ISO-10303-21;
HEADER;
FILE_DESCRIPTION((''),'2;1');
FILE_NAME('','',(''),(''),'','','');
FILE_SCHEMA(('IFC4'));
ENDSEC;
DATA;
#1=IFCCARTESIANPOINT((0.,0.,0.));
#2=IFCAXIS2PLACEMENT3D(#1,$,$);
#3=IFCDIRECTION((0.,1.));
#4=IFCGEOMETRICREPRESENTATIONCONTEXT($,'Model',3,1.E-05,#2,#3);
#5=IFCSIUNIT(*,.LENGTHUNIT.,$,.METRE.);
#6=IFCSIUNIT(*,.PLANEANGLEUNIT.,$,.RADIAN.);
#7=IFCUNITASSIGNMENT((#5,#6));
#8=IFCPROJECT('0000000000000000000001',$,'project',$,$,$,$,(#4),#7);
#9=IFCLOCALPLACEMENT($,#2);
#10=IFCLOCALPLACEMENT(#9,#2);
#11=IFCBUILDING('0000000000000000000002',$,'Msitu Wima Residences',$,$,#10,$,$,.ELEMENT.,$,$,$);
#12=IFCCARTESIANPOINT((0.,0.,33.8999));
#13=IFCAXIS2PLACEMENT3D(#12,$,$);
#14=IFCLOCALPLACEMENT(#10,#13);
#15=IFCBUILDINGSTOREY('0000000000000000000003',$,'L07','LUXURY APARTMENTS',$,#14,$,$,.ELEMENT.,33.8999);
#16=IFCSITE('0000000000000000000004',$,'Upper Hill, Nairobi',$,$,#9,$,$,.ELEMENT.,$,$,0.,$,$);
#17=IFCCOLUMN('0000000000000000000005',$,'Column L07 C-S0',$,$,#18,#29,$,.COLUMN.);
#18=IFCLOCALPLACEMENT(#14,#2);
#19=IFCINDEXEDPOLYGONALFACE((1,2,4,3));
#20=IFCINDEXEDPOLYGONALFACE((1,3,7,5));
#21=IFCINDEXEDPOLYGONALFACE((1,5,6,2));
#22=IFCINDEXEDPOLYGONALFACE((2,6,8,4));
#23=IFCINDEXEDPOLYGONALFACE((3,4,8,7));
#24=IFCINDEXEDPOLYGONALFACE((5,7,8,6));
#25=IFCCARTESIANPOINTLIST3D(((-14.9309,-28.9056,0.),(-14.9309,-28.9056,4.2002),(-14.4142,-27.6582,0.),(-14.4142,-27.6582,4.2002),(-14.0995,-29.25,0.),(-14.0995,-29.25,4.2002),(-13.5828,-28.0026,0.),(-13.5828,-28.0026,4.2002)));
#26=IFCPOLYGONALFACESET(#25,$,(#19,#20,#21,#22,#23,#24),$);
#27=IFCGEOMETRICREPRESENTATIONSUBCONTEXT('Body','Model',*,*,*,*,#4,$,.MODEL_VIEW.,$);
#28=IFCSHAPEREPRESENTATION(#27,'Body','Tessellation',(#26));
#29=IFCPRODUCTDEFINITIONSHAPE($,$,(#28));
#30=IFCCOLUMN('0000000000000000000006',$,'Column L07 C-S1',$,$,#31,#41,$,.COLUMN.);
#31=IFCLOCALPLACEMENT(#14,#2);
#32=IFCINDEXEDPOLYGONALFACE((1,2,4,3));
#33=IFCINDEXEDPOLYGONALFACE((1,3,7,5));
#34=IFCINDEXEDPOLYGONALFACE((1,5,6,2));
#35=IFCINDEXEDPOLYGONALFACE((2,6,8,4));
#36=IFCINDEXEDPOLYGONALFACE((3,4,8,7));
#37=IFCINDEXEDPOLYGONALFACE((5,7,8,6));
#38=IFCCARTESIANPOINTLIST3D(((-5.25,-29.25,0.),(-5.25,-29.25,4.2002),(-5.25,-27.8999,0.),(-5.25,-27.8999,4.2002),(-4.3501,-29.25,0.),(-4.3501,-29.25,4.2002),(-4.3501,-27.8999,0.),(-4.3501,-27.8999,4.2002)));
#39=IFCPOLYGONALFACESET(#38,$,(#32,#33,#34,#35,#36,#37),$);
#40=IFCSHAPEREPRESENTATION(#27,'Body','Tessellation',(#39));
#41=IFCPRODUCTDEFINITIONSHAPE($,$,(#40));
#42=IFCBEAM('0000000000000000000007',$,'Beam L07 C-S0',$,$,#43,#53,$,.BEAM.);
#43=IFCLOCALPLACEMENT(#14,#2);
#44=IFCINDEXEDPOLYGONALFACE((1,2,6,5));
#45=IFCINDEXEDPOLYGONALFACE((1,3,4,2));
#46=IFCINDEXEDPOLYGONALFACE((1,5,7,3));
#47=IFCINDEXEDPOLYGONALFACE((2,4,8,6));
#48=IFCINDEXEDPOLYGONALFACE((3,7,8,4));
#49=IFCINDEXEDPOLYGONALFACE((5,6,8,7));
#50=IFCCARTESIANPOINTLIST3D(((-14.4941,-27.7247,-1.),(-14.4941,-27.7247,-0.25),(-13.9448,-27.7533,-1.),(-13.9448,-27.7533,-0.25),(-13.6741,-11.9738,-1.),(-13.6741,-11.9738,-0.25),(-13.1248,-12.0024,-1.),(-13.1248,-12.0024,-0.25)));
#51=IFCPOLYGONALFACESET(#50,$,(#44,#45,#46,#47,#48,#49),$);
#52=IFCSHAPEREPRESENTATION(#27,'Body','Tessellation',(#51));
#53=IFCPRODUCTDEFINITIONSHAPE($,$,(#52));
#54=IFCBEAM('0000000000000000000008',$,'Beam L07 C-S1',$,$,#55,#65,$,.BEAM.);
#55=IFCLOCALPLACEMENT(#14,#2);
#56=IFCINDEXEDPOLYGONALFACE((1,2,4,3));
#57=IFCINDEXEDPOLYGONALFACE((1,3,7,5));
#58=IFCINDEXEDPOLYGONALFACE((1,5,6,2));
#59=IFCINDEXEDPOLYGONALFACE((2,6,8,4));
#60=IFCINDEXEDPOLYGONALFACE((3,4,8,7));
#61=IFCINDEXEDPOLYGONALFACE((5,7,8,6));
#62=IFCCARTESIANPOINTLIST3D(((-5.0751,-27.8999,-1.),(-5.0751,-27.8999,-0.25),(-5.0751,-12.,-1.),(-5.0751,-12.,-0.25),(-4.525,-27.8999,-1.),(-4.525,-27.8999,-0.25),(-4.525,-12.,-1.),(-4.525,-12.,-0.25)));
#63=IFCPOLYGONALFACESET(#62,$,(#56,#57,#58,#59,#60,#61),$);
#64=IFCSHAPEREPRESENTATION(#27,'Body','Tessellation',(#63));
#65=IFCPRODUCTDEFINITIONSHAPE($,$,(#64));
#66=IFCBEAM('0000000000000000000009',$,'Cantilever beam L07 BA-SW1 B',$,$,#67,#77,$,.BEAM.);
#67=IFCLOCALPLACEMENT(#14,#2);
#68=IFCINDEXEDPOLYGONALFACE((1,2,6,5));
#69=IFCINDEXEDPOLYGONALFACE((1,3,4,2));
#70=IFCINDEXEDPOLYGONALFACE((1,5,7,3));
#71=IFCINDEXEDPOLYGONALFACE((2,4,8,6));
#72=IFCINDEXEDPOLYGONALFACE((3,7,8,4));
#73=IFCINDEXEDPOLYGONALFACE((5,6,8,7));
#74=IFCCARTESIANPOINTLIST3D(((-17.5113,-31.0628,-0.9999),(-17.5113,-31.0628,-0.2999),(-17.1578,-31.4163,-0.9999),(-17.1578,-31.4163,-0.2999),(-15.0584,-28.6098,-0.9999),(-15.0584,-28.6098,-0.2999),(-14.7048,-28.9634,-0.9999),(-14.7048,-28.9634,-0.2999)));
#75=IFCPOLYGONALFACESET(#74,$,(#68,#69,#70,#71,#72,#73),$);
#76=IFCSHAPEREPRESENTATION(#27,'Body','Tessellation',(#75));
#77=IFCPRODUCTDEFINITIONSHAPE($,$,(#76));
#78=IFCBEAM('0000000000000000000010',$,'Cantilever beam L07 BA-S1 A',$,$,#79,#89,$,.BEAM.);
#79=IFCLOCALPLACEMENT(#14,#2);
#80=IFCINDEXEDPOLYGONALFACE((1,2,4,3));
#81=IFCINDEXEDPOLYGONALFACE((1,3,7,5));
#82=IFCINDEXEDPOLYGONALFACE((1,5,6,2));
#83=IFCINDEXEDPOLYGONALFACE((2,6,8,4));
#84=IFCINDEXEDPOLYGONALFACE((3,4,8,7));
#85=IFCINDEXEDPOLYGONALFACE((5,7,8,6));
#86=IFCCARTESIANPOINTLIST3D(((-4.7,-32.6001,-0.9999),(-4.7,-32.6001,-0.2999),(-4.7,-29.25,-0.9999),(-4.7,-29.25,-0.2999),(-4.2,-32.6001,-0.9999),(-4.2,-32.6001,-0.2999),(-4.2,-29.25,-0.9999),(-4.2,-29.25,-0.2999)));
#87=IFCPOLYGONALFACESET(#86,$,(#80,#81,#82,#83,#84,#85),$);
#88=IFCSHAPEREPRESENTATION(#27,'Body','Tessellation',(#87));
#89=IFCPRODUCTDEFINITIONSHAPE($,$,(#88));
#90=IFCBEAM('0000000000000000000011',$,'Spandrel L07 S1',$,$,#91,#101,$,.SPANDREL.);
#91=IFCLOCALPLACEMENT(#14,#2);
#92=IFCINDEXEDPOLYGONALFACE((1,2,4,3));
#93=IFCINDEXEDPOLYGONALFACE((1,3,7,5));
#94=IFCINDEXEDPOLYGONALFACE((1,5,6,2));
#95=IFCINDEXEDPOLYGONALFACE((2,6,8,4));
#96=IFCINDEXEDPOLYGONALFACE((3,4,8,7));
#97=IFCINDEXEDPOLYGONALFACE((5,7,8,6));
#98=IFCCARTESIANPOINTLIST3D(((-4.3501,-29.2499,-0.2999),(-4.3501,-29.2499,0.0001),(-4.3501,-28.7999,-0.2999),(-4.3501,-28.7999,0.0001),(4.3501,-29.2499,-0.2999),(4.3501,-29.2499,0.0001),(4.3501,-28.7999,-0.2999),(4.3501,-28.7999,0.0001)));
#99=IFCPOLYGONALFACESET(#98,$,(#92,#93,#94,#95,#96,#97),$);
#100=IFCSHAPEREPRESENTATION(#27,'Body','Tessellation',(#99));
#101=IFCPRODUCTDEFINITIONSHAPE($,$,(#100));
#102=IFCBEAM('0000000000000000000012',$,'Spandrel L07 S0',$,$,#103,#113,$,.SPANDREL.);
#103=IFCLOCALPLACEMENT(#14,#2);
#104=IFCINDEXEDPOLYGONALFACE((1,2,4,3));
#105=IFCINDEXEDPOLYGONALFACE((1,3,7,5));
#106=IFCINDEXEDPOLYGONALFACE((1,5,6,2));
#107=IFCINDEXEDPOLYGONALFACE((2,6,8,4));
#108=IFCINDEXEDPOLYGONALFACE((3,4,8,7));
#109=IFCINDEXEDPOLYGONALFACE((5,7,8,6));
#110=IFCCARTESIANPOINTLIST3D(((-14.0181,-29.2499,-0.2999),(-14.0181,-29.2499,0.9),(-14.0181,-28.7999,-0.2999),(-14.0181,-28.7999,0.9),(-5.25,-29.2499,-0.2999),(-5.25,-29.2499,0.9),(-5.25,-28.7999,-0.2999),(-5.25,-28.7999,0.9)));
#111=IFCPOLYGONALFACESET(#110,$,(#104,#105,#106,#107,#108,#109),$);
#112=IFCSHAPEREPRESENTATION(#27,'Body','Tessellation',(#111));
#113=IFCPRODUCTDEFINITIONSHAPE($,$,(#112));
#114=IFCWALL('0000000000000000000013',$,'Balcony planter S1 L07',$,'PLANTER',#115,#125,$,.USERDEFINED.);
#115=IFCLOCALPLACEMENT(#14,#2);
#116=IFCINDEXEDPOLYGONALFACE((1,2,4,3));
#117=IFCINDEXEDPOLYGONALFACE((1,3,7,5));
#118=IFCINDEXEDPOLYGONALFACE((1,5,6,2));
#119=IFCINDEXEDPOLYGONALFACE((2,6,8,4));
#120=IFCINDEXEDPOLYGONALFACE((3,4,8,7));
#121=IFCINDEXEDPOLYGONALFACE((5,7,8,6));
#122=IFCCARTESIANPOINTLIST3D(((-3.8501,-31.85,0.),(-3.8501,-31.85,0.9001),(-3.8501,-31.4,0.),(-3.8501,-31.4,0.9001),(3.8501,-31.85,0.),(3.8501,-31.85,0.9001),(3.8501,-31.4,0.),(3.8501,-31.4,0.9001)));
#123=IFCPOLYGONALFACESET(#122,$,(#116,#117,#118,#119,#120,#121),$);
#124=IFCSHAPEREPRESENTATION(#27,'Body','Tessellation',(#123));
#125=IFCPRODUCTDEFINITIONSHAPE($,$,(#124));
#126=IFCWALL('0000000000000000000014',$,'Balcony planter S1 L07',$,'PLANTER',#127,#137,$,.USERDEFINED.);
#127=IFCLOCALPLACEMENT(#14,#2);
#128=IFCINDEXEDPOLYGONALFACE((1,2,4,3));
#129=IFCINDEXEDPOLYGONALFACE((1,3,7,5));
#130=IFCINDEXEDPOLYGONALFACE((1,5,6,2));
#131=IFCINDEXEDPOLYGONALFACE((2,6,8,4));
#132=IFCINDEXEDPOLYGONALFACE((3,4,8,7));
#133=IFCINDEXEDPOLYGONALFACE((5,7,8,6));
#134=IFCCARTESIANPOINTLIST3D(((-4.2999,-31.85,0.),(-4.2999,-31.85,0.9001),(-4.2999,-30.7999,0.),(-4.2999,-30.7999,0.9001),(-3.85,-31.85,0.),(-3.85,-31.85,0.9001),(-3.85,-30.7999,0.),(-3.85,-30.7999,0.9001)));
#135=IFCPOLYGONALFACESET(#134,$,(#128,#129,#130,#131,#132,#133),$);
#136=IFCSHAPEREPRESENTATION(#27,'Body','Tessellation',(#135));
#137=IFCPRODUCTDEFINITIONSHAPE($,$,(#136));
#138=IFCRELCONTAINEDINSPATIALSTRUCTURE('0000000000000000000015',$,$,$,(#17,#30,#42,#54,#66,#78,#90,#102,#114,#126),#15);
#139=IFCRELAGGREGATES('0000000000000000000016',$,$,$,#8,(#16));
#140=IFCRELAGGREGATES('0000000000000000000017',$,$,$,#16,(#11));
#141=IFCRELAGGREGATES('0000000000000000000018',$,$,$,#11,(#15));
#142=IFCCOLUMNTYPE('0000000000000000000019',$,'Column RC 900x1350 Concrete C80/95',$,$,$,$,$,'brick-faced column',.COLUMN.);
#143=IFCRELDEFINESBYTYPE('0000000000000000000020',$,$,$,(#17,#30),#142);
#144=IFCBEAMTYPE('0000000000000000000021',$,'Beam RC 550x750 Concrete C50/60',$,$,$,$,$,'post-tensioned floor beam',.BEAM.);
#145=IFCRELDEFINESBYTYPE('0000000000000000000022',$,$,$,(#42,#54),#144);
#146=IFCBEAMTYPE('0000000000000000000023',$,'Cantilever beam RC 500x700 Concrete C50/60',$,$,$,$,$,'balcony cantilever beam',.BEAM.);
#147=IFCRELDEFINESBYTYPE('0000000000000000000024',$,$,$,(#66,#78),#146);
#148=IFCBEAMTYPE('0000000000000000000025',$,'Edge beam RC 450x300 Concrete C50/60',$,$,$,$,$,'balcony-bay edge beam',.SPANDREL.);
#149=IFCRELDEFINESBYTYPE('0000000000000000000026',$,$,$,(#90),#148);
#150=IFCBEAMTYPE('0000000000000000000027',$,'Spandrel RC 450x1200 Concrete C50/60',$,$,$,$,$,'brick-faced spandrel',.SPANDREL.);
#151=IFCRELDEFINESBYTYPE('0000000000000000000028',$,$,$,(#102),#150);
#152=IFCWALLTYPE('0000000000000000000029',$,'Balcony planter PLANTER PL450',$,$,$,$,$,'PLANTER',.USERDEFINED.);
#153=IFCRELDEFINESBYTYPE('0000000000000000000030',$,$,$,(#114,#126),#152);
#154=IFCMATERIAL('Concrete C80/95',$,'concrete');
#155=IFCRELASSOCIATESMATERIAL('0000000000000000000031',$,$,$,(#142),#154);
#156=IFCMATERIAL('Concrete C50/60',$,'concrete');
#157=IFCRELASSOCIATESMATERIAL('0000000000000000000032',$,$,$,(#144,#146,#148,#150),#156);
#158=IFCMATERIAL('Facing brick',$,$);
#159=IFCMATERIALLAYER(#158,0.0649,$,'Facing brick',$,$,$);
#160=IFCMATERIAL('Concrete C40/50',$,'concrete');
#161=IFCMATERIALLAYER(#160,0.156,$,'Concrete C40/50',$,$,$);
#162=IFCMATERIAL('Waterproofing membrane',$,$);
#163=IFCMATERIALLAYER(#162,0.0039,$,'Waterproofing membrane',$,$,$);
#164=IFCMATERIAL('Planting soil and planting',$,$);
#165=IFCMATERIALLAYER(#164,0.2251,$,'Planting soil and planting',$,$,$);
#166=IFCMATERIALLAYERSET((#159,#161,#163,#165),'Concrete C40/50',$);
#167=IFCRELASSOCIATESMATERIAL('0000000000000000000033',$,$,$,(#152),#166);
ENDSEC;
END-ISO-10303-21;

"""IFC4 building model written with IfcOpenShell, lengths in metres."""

from ifc_helpers import new_model, si_unit, direction, frame, frame_2d, origin, origin_2d, place, context, subcontext, project, spatial, rectangle, extrude, material, layer, layer_set, material_profile, profile_set, type_object, element, save


model = new_model("IFC4")

# Units and contexts
model_context = context("Model", 3, precision=1e-05, world=origin(), true_north=direction((0.0, 1.0)))
body_context = subcontext(model_context, "Body", "Model", "MODEL_VIEW")
ifc_project = project(units=[si_unit("LENGTHUNIT", "METRE"), si_unit("PLANEANGLEUNIT", "RADIAN")], contexts=[model_context])

# Site, building, storey
site_placement = place(None, origin())
site = spatial("IfcSite", under=ifc_project, at=site_placement, Name="Upper Hill, Nairobi", CompositionType="ELEMENT", RefElevation=0.0)
building_placement = place(site_placement, origin())
building = spatial("IfcBuilding", under=site, at=building_placement, Name="Msitu Wima Residences", CompositionType="ELEMENT")
storey_placement = place(building_placement, frame((0.0, 0.0, 33.8999)))
storey = spatial("IfcBuildingStorey", under=building, at=storey_placement, Name="L07", Description="LUXURY APARTMENTS", CompositionType="ELEMENT", Elevation=33.8999)

# Columns
ifc_material_1 = material(Name="Concrete C80/95", Category="concrete")
ifc_material_profile_1 = material_profile(ifc_material_1, rectangle(XDim=0.8999, YDim=1.3501, at=origin_2d()), Name="RC 900x1350")
ifc_profile_set_1 = profile_set([ifc_material_profile_1], Name="Concrete C80/95")
column_type = type_object("IfcColumnType", Name="Column RC 900x1350 Concrete C80/95", ElementType="brick-faced column", PredefinedType="COLUMN", material=ifc_profile_set_1)
for number, where, z_axis, x_axis, name in (
    (1, (-14.2568, -28.4541, 0.0), (0.0, 0.0, 1.0), (0.92388, -0.382683, 0.0), "Column L07 C-S0"),
    (2, (-4.8, -28.575, 0.0), (0.0, 0.0, 1.0), (1.0, 0.0, 0.0), "Column L07 C-S1"),
):
    element("IfcColumn", number, at=place(storey_placement, frame(where, z_axis=z_axis, x_axis=x_axis)), inside=storey, type_object=column_type, Name=name, PredefinedType="COLUMN", context=body_context, shape_type="SweptSolid", body=[
        extrude(rectangle(XDim=0.8999, YDim=1.3501, at=origin_2d()), origin(), (0.0, 0.0, 1.0), 4.2002),
    ])

# Beams
ifc_material_2 = material(Name="Concrete C50/60", Category="concrete")
ifc_material_profile_2 = material_profile(ifc_material_2, rectangle(XDim=0.55, YDim=0.75, at=origin_2d()), Name="RC 550x750")
ifc_profile_set_2 = profile_set([ifc_material_profile_2], Name="Concrete C50/60")
beam_type_1 = type_object("IfcBeamType", Name="Beam RC 550x750 Concrete C50/60", ElementType="post-tensioned floor beam", PredefinedType="BEAM", material=ifc_profile_set_2)
beam_1_placement = place(storey_placement, frame((-14.2195, -27.739, -0.625), z_axis=(0.051994, 0.998647, 0.0), x_axis=(-0.998647, 0.051994, 0.0)))
element("IfcBeam", 3, at=beam_1_placement, inside=storey, type_object=beam_type_1, Name="Beam L07 C-S0", PredefinedType="BEAM", context=body_context, shape_type="SweptSolid", body=[
    extrude(rectangle(XDim=0.55, YDim=0.75, at=origin_2d()), origin(), (0.0, 0.0, 1.0), 15.7722),
])
beam_2_placement = place(storey_placement, frame((-4.8, -27.8999, -0.625), z_axis=(0.0, 1.0, 0.0), x_axis=(-1.0, 0.0, 0.0)))
element("IfcBeam", 4, at=beam_2_placement, inside=storey, type_object=beam_type_1, Name="Beam L07 C-S1", PredefinedType="BEAM", context=body_context, shape_type="SweptSolid", body=[
    extrude(rectangle(XDim=0.55, YDim=0.75, at=origin_2d()), origin(), (0.0, 0.0, 1.0), 15.8999),
])
ifc_material_profile_3 = material_profile(ifc_material_2, rectangle(XDim=0.5, YDim=0.7, at=origin_2d()), Name="RC 500x700")
ifc_profile_set_3 = profile_set([ifc_material_profile_3], Name="Concrete C50/60")
beam_type_2 = type_object("IfcBeamType", Name="Cantilever beam RC 500x700 Concrete C50/60", ElementType="balcony cantilever beam", PredefinedType="BEAM", material=ifc_profile_set_3)
beam_3_placement = place(storey_placement, frame((-14.8816, -28.7866, -0.6499), z_axis=(-0.707107, -0.707107, 0.0), x_axis=(0.707107, -0.707107, 0.0)))
element("IfcBeam", 5, at=beam_3_placement, inside=storey, type_object=beam_type_2, Name="Cantilever beam L07 BA-SW1 B", PredefinedType="BEAM", context=body_context, shape_type="SweptSolid", body=[
    extrude(rectangle(XDim=0.5, YDim=0.7, at=origin_2d()), origin(), (0.0, 0.0, 1.0), 3.469),
])
beam_4_placement = place(storey_placement, frame((-4.45, -29.25, -0.6499), z_axis=(0.0, -1.0, 0.0), x_axis=(1.0, 0.0, 0.0)))
element("IfcBeam", 6, at=beam_4_placement, inside=storey, type_object=beam_type_2, Name="Cantilever beam L07 BA-S1 A", PredefinedType="BEAM", context=body_context, shape_type="SweptSolid", body=[
    extrude(rectangle(XDim=0.5, YDim=0.7, at=origin_2d()), origin(), (0.0, 0.0, 1.0), 3.3501),
])
ifc_material_profile_4 = material_profile(ifc_material_2, rectangle(XDim=0.45, YDim=0.3, at=origin_2d()), Name="RC 450x300")
ifc_profile_set_4 = profile_set([ifc_material_profile_4], Name="Concrete C50/60")
beam_type_3 = type_object("IfcBeamType", Name="Edge beam RC 450x300 Concrete C50/60", ElementType="balcony-bay edge beam", PredefinedType="SPANDREL", material=ifc_profile_set_4)
beam_5_placement = place(storey_placement, frame((-4.3501, -29.0249, -0.1499), z_axis=(1.0, 0.0, 0.0), x_axis=(0.0, 1.0, 0.0)))
element("IfcBeam", 7, at=beam_5_placement, inside=storey, type_object=beam_type_3, Name="Spandrel L07 S1", PredefinedType="SPANDREL", context=body_context, shape_type="SweptSolid", body=[
    extrude(rectangle(XDim=0.45, YDim=0.3, at=origin_2d()), origin(), (0.0, 0.0, 1.0), 8.7002),
])
ifc_material_profile_5 = material_profile(ifc_material_2, rectangle(XDim=0.45, YDim=1.2, at=origin_2d()), Name="RC 450x1200")
ifc_profile_set_5 = profile_set([ifc_material_profile_5], Name="Concrete C50/60")
beam_type_4 = type_object("IfcBeamType", Name="Spandrel RC 450x1200 Concrete C50/60", ElementType="brick-faced spandrel", PredefinedType="SPANDREL", material=ifc_profile_set_5)
beam_6_placement = place(storey_placement, frame((-14.0181, -29.0249, 0.3), z_axis=(1.0, 0.0, 0.0), x_axis=(0.0, 1.0, 0.0)))
element("IfcBeam", 8, at=beam_6_placement, inside=storey, type_object=beam_type_4, Name="Spandrel L07 S0", PredefinedType="SPANDREL", context=body_context, shape_type="SweptSolid", body=[
    extrude(rectangle(XDim=0.45, YDim=1.2, at=origin_2d()), origin(), (0.0, 0.0, 1.0), 8.7681),
])

# Walls
ifc_material_3 = material(Name="Facing brick")
ifc_layer_1 = layer(ifc_material_3, 0.0649, Name="Facing brick")
ifc_material_4 = material(Name="Concrete C40/50", Category="concrete")
ifc_layer_2 = layer(ifc_material_4, 0.156, Name="Concrete C40/50")
ifc_material_5 = material(Name="Waterproofing membrane")
ifc_layer_3 = layer(ifc_material_5, 0.0039, Name="Waterproofing membrane")
ifc_material_6 = material(Name="Planting soil and planting")
ifc_layer_4 = layer(ifc_material_6, 0.2251, Name="Planting soil and planting")
ifc_layer_set_1 = layer_set([ifc_layer_1, ifc_layer_2, ifc_layer_3, ifc_layer_4], Name="Concrete C40/50")
wall_type_1 = type_object("IfcWallType", Name="Balcony planter PLANTER PL450", ElementType="PLANTER", PredefinedType="USERDEFINED", material=ifc_layer_set_1)
wall_1_placement = place(storey_placement, frame((-3.8501, -31.625, 0.0), z_axis=(0.0, 0.0, 1.0), x_axis=(1.0, 0.0, 0.0)))
element("IfcWall", 9, at=wall_1_placement, inside=storey, type_object=wall_type_1, Name="Balcony planter S1 L07", ObjectType="PLANTER", PredefinedType="USERDEFINED", context=body_context, shape_type="SweptSolid", body=[
    extrude(rectangle(XDim=7.7002, YDim=0.45, at=frame_2d((3.8501, 0.0))), origin(), (0.0, 0.0, 1.0), 0.9001),
])
wall_2_placement = place(storey_placement, frame((-4.075, -30.8, 0.0), z_axis=(0.0, 0.0, 1.0), x_axis=(0.0, -1.0, 0.0)))
element("IfcWall", 10, at=wall_2_placement, inside=storey, type_object=wall_type_1, Name="Balcony planter S1 L07", ObjectType="PLANTER", PredefinedType="USERDEFINED", context=body_context, shape_type="SweptSolid", body=[
    extrude(rectangle(XDim=1.05, YDim=0.45, at=frame_2d((0.5249, 0.0))), origin(), (0.0, 0.0, 1.0), 0.9001),
])

save(model, "model.ifc")
